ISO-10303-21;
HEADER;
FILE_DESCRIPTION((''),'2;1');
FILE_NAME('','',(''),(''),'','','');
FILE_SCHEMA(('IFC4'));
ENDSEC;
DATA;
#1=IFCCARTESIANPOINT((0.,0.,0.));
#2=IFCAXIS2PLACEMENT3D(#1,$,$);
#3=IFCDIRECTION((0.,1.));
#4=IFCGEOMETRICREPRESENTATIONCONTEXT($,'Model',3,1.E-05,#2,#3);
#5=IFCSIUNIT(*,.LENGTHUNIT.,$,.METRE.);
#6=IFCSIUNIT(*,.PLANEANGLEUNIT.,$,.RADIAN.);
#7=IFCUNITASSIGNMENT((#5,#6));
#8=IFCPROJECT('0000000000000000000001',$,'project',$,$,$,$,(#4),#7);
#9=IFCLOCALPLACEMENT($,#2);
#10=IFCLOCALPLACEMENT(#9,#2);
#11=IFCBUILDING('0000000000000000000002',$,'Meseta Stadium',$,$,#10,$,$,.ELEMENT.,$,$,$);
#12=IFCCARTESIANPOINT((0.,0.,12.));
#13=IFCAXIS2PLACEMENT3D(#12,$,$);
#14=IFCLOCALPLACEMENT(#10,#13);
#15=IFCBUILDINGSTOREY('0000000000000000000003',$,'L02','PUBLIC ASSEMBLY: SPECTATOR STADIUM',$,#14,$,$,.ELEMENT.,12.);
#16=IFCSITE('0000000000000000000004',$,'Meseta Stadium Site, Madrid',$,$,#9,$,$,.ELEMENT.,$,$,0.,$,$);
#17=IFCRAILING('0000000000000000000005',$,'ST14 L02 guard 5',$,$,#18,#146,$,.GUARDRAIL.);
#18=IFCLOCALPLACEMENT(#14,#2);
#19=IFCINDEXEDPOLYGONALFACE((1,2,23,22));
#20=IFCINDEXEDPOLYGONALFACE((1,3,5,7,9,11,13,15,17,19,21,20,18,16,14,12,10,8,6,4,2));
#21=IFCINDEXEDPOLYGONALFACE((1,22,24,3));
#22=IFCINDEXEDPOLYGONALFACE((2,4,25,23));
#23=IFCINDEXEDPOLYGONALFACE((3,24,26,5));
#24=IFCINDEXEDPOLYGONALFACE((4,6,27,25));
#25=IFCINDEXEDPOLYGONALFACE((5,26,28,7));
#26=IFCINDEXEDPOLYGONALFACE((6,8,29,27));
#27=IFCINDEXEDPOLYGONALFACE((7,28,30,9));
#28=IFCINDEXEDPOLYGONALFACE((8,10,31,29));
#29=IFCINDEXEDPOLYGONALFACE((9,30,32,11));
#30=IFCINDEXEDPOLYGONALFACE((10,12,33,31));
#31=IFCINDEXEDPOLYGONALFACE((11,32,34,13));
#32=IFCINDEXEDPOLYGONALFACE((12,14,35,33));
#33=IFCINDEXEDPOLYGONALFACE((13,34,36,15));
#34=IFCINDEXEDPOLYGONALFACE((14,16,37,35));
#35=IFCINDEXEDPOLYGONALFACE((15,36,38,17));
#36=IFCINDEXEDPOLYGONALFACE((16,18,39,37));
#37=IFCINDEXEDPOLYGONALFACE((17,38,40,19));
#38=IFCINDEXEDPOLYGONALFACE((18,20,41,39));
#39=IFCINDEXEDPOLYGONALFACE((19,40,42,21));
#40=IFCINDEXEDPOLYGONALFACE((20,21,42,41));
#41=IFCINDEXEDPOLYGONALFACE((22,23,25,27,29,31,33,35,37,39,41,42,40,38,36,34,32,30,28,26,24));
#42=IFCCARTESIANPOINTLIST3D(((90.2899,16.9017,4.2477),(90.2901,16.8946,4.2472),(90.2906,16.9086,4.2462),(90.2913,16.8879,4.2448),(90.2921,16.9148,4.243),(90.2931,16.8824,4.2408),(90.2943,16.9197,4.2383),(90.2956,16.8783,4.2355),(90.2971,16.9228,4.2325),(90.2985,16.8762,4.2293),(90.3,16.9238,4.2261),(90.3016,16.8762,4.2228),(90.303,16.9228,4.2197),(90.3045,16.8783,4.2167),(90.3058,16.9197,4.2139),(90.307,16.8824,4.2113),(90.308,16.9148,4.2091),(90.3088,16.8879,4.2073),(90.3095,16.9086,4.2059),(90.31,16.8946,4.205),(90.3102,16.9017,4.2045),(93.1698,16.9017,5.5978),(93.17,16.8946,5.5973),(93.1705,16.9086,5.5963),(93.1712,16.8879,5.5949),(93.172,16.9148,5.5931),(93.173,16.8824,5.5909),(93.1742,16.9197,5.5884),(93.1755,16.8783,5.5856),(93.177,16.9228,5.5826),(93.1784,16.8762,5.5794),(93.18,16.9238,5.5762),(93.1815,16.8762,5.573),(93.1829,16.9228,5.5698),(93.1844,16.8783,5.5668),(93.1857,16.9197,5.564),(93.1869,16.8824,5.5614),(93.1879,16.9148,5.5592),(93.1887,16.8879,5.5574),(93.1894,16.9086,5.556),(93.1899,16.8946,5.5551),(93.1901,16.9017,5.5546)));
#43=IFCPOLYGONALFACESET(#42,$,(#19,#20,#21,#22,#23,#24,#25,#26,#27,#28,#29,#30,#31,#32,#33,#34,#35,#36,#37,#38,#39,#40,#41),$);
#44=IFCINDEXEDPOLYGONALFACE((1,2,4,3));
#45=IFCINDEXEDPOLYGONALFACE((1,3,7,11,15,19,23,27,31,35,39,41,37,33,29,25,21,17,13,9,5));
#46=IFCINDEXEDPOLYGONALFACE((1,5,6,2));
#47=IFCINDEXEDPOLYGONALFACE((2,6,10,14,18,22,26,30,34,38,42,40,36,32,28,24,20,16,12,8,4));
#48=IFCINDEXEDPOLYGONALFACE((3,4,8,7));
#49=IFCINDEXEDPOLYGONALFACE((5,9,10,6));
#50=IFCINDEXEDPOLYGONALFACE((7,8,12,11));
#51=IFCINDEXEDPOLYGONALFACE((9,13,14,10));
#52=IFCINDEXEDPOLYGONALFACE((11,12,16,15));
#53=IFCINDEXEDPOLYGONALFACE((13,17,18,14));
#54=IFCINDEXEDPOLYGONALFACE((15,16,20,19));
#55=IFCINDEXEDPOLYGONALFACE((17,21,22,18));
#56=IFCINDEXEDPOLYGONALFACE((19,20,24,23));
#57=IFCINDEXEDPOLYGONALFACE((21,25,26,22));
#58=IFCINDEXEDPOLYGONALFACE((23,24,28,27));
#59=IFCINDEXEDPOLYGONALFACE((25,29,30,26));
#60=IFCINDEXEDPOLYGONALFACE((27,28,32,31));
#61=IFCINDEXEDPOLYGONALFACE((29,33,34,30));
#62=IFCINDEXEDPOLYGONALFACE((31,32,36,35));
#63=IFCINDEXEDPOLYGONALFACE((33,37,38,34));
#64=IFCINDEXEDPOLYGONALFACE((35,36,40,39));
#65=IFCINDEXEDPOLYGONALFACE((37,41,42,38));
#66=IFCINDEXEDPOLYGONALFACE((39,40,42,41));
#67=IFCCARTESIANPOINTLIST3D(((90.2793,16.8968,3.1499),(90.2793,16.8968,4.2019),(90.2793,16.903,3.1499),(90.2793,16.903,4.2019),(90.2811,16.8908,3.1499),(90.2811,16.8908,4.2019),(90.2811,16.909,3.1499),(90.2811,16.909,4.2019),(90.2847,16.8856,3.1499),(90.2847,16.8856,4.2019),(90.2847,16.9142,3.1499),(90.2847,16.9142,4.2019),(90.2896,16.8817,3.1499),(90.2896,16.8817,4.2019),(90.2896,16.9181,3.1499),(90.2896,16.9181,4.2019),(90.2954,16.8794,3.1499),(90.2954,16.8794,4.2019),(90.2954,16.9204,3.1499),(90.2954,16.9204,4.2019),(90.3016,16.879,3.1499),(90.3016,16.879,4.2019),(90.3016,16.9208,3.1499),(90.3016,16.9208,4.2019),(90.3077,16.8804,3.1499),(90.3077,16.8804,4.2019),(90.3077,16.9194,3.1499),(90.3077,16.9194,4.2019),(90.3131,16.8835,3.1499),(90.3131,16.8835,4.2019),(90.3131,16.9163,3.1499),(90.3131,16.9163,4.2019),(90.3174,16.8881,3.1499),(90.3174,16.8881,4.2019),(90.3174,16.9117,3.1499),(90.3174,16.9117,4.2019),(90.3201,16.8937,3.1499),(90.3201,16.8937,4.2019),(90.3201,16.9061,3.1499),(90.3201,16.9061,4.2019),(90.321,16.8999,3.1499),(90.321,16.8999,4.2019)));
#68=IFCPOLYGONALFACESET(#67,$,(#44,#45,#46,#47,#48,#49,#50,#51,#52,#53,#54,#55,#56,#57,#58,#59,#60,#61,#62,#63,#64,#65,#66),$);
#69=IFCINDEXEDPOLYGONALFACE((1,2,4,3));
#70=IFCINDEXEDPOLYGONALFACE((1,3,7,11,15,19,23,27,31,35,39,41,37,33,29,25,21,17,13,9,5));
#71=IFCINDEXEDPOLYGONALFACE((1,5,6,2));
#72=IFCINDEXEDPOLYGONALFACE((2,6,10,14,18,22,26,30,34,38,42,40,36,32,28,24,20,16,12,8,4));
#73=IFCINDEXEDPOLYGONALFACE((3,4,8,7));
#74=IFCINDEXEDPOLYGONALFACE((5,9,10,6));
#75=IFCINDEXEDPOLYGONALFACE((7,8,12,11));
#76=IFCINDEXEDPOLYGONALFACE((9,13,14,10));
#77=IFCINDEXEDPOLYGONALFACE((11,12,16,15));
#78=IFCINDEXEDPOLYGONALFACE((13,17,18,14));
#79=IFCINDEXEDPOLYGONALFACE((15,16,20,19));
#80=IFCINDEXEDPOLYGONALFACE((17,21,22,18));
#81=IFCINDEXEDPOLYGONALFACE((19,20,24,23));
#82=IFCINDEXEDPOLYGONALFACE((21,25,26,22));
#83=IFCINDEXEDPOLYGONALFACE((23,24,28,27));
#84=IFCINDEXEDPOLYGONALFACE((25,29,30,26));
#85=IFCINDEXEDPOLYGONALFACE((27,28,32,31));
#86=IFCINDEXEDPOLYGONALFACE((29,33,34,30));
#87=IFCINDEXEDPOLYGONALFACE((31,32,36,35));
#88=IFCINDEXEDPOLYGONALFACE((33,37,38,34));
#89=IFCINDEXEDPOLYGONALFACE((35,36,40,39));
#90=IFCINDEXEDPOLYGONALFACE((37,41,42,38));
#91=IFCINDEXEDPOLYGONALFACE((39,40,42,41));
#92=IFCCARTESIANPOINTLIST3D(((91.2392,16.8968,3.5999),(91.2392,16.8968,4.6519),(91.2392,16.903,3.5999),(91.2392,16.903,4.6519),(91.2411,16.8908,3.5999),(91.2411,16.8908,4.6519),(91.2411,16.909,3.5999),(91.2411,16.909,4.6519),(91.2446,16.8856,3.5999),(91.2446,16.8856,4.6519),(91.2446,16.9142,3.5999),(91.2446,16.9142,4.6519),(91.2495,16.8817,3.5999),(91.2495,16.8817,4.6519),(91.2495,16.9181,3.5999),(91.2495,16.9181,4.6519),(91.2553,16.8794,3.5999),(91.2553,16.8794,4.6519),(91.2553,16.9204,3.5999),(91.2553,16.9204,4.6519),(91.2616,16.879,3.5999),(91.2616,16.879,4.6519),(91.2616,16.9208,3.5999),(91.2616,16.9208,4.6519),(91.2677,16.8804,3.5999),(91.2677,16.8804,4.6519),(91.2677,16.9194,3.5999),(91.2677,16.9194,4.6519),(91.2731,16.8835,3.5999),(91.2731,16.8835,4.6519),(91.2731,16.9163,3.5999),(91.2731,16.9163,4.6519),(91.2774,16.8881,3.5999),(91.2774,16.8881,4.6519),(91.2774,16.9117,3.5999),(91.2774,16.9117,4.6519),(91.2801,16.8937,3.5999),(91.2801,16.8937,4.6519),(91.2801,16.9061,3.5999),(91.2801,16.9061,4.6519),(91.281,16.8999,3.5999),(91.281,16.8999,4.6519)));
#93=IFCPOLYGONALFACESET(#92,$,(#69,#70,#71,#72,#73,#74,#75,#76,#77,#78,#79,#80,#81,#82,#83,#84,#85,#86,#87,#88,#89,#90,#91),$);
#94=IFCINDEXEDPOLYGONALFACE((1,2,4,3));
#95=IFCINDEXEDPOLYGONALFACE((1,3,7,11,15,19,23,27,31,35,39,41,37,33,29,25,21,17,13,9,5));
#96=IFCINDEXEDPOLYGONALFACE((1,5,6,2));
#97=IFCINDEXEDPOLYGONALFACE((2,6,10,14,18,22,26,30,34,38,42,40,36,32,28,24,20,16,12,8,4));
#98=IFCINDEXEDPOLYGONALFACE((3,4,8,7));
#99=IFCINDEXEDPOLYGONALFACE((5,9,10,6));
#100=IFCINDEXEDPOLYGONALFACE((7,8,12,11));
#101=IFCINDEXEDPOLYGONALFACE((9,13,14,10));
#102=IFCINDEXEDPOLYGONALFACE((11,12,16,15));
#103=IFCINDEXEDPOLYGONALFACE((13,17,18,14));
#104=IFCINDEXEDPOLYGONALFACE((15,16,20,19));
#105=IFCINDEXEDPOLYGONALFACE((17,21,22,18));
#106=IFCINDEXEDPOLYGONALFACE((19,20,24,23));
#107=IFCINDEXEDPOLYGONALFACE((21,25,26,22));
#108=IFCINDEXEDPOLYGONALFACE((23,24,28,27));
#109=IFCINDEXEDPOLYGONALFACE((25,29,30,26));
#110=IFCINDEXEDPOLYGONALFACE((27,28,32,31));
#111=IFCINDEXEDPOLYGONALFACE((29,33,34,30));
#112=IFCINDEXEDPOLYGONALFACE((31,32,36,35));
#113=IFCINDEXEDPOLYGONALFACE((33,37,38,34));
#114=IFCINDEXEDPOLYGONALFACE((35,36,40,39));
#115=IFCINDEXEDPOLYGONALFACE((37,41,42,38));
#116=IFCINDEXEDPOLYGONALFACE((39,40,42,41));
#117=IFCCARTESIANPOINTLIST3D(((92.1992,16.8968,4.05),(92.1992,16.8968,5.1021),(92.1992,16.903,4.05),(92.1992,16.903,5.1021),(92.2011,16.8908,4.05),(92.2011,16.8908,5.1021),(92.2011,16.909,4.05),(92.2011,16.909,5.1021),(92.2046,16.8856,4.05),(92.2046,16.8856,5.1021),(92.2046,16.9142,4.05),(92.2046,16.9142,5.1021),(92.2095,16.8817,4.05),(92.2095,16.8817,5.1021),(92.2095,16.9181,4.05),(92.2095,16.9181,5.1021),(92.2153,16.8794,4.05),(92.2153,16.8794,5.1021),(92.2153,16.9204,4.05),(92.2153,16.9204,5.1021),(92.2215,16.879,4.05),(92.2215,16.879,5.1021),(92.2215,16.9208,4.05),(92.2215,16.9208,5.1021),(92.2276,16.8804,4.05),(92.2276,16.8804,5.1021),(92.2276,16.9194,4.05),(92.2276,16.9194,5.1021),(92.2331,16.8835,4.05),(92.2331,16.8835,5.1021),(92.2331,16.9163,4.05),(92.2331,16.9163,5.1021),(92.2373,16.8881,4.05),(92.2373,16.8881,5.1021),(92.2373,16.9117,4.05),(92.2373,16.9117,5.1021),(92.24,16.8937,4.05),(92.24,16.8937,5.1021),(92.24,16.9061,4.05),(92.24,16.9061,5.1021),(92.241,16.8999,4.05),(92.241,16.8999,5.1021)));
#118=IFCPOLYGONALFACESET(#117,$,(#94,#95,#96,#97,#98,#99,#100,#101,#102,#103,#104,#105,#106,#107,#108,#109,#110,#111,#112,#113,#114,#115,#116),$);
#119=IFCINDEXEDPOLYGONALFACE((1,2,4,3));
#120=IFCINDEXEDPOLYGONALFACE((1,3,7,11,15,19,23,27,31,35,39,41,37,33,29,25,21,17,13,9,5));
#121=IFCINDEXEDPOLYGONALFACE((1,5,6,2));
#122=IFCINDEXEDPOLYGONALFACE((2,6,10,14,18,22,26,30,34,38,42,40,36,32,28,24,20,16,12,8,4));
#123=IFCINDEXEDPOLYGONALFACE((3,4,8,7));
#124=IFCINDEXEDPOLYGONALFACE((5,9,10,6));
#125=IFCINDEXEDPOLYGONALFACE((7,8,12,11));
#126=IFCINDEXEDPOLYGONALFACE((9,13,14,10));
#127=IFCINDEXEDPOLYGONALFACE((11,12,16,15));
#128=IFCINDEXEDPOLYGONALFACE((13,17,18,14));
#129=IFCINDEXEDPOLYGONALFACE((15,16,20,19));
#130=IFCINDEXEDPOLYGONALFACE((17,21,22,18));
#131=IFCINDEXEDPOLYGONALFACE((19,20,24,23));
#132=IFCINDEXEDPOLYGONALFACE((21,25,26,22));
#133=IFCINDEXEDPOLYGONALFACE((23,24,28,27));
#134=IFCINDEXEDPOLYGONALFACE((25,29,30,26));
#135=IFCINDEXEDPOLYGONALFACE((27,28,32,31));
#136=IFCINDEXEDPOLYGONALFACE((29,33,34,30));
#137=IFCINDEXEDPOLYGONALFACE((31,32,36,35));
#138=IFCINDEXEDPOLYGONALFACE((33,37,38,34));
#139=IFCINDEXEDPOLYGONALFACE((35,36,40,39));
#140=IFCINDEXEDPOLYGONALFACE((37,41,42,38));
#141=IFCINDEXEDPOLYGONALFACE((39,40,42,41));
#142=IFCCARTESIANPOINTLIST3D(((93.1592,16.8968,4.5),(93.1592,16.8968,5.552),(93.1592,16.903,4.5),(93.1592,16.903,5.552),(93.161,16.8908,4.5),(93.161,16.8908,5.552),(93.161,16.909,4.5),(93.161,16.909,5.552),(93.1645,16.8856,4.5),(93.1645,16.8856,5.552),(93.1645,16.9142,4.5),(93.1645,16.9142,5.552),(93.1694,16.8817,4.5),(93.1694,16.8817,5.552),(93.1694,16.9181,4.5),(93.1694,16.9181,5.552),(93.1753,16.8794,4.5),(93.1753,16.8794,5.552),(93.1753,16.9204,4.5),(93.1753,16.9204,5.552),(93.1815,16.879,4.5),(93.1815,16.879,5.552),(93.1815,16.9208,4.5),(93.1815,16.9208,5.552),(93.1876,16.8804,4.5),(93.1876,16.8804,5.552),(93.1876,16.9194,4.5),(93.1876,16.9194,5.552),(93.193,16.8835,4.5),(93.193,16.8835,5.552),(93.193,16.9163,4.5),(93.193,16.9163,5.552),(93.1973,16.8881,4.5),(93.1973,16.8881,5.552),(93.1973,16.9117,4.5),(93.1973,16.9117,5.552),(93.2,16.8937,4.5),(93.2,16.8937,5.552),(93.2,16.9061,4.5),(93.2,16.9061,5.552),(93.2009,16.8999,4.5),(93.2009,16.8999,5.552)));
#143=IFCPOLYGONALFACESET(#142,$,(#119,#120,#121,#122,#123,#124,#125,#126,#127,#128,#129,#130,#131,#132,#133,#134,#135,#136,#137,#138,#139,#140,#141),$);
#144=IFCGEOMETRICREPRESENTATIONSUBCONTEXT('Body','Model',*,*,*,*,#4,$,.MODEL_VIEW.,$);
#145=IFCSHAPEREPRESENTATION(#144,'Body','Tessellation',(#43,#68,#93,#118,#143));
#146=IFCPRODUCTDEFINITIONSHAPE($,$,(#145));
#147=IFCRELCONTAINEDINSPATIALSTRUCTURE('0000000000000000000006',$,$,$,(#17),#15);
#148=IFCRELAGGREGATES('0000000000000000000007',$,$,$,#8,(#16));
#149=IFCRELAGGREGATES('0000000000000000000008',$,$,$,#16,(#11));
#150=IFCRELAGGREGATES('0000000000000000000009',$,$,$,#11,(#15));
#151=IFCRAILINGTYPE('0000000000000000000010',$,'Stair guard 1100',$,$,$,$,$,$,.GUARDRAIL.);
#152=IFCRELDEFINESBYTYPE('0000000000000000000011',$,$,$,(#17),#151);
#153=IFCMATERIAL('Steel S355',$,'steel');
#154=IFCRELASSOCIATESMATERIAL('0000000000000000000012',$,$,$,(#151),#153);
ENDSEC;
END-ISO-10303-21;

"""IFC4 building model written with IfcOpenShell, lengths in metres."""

from ifc_helpers import new_model, si_unit, direction, frame, origin, origin_2d, place, context, subcontext, project, spatial, circle, extrude, material, type_object, element, save


model = new_model("IFC4")

# Units and contexts
model_context = context("Model", 3, precision=1e-05, world=origin(), true_north=direction((0.0, 1.0)))
body_context = subcontext(model_context, "Body", "Model", "MODEL_VIEW")
ifc_project = project(units=[si_unit("LENGTHUNIT", "METRE"), si_unit("PLANEANGLEUNIT", "RADIAN")], contexts=[model_context])

# Site, building, storey
site_placement = place(None, origin())
site = spatial("IfcSite", under=ifc_project, at=site_placement, Name="Meseta Stadium Site, Madrid", CompositionType="ELEMENT", RefElevation=0.0)
building_placement = place(site_placement, origin())
building = spatial("IfcBuilding", under=site, at=building_placement, Name="Meseta Stadium", CompositionType="ELEMENT")
storey_placement = place(building_placement, frame((0.0, 0.0, 12.0)))
storey = spatial("IfcBuildingStorey", under=building, at=storey_placement, Name="L02", Description="PUBLIC ASSEMBLY: SPECTATOR STADIUM", CompositionType="ELEMENT", Elevation=12.0)

# Railing
ifc_material_1 = material(Name="Steel S355", Category="steel")
railing_type_1 = type_object("IfcRailingType", Name="Stair guard 1100", PredefinedType="GUARDRAIL", material=ifc_material_1)
railing_1_placement = place(storey_placement, frame((90.3, 16.8999, 3.1499)))
element("IfcRailing", 1, at=railing_1_placement, inside=storey, type_object=railing_type_1, Name="ST14 L02 guard 5", PredefinedType="GUARDRAIL", context=body_context, shape_type="SweptSolid", body=[
    extrude(circle(Radius=0.0239, at=origin_2d()), frame((0.0, 0.0, 1.0762), z_axis=(0.90544, 0.0, 0.424473), x_axis=(0.0, 1.0, 0.0)), (0.0, 0.0, 1.0), 3.1807),
    extrude(circle(Radius=0.021, at=origin_2d()), origin(), (0.0, 0.0, 1.0), 1.052),
    extrude(circle(Radius=0.021, at=origin_2d()), frame((0.96, 0.0, 0.45)), (0.0, 0.0, 1.0), 1.052),
    extrude(circle(Radius=0.021, at=origin_2d()), frame((1.9199, 0.0, 0.9001)), (0.0, 0.0, 1.0), 1.052),
    extrude(circle(Radius=0.021, at=origin_2d()), frame((2.8799, 0.0, 1.3501)), (0.0, 0.0, 1.0), 1.052),
])

save(model, "model.ifc")
